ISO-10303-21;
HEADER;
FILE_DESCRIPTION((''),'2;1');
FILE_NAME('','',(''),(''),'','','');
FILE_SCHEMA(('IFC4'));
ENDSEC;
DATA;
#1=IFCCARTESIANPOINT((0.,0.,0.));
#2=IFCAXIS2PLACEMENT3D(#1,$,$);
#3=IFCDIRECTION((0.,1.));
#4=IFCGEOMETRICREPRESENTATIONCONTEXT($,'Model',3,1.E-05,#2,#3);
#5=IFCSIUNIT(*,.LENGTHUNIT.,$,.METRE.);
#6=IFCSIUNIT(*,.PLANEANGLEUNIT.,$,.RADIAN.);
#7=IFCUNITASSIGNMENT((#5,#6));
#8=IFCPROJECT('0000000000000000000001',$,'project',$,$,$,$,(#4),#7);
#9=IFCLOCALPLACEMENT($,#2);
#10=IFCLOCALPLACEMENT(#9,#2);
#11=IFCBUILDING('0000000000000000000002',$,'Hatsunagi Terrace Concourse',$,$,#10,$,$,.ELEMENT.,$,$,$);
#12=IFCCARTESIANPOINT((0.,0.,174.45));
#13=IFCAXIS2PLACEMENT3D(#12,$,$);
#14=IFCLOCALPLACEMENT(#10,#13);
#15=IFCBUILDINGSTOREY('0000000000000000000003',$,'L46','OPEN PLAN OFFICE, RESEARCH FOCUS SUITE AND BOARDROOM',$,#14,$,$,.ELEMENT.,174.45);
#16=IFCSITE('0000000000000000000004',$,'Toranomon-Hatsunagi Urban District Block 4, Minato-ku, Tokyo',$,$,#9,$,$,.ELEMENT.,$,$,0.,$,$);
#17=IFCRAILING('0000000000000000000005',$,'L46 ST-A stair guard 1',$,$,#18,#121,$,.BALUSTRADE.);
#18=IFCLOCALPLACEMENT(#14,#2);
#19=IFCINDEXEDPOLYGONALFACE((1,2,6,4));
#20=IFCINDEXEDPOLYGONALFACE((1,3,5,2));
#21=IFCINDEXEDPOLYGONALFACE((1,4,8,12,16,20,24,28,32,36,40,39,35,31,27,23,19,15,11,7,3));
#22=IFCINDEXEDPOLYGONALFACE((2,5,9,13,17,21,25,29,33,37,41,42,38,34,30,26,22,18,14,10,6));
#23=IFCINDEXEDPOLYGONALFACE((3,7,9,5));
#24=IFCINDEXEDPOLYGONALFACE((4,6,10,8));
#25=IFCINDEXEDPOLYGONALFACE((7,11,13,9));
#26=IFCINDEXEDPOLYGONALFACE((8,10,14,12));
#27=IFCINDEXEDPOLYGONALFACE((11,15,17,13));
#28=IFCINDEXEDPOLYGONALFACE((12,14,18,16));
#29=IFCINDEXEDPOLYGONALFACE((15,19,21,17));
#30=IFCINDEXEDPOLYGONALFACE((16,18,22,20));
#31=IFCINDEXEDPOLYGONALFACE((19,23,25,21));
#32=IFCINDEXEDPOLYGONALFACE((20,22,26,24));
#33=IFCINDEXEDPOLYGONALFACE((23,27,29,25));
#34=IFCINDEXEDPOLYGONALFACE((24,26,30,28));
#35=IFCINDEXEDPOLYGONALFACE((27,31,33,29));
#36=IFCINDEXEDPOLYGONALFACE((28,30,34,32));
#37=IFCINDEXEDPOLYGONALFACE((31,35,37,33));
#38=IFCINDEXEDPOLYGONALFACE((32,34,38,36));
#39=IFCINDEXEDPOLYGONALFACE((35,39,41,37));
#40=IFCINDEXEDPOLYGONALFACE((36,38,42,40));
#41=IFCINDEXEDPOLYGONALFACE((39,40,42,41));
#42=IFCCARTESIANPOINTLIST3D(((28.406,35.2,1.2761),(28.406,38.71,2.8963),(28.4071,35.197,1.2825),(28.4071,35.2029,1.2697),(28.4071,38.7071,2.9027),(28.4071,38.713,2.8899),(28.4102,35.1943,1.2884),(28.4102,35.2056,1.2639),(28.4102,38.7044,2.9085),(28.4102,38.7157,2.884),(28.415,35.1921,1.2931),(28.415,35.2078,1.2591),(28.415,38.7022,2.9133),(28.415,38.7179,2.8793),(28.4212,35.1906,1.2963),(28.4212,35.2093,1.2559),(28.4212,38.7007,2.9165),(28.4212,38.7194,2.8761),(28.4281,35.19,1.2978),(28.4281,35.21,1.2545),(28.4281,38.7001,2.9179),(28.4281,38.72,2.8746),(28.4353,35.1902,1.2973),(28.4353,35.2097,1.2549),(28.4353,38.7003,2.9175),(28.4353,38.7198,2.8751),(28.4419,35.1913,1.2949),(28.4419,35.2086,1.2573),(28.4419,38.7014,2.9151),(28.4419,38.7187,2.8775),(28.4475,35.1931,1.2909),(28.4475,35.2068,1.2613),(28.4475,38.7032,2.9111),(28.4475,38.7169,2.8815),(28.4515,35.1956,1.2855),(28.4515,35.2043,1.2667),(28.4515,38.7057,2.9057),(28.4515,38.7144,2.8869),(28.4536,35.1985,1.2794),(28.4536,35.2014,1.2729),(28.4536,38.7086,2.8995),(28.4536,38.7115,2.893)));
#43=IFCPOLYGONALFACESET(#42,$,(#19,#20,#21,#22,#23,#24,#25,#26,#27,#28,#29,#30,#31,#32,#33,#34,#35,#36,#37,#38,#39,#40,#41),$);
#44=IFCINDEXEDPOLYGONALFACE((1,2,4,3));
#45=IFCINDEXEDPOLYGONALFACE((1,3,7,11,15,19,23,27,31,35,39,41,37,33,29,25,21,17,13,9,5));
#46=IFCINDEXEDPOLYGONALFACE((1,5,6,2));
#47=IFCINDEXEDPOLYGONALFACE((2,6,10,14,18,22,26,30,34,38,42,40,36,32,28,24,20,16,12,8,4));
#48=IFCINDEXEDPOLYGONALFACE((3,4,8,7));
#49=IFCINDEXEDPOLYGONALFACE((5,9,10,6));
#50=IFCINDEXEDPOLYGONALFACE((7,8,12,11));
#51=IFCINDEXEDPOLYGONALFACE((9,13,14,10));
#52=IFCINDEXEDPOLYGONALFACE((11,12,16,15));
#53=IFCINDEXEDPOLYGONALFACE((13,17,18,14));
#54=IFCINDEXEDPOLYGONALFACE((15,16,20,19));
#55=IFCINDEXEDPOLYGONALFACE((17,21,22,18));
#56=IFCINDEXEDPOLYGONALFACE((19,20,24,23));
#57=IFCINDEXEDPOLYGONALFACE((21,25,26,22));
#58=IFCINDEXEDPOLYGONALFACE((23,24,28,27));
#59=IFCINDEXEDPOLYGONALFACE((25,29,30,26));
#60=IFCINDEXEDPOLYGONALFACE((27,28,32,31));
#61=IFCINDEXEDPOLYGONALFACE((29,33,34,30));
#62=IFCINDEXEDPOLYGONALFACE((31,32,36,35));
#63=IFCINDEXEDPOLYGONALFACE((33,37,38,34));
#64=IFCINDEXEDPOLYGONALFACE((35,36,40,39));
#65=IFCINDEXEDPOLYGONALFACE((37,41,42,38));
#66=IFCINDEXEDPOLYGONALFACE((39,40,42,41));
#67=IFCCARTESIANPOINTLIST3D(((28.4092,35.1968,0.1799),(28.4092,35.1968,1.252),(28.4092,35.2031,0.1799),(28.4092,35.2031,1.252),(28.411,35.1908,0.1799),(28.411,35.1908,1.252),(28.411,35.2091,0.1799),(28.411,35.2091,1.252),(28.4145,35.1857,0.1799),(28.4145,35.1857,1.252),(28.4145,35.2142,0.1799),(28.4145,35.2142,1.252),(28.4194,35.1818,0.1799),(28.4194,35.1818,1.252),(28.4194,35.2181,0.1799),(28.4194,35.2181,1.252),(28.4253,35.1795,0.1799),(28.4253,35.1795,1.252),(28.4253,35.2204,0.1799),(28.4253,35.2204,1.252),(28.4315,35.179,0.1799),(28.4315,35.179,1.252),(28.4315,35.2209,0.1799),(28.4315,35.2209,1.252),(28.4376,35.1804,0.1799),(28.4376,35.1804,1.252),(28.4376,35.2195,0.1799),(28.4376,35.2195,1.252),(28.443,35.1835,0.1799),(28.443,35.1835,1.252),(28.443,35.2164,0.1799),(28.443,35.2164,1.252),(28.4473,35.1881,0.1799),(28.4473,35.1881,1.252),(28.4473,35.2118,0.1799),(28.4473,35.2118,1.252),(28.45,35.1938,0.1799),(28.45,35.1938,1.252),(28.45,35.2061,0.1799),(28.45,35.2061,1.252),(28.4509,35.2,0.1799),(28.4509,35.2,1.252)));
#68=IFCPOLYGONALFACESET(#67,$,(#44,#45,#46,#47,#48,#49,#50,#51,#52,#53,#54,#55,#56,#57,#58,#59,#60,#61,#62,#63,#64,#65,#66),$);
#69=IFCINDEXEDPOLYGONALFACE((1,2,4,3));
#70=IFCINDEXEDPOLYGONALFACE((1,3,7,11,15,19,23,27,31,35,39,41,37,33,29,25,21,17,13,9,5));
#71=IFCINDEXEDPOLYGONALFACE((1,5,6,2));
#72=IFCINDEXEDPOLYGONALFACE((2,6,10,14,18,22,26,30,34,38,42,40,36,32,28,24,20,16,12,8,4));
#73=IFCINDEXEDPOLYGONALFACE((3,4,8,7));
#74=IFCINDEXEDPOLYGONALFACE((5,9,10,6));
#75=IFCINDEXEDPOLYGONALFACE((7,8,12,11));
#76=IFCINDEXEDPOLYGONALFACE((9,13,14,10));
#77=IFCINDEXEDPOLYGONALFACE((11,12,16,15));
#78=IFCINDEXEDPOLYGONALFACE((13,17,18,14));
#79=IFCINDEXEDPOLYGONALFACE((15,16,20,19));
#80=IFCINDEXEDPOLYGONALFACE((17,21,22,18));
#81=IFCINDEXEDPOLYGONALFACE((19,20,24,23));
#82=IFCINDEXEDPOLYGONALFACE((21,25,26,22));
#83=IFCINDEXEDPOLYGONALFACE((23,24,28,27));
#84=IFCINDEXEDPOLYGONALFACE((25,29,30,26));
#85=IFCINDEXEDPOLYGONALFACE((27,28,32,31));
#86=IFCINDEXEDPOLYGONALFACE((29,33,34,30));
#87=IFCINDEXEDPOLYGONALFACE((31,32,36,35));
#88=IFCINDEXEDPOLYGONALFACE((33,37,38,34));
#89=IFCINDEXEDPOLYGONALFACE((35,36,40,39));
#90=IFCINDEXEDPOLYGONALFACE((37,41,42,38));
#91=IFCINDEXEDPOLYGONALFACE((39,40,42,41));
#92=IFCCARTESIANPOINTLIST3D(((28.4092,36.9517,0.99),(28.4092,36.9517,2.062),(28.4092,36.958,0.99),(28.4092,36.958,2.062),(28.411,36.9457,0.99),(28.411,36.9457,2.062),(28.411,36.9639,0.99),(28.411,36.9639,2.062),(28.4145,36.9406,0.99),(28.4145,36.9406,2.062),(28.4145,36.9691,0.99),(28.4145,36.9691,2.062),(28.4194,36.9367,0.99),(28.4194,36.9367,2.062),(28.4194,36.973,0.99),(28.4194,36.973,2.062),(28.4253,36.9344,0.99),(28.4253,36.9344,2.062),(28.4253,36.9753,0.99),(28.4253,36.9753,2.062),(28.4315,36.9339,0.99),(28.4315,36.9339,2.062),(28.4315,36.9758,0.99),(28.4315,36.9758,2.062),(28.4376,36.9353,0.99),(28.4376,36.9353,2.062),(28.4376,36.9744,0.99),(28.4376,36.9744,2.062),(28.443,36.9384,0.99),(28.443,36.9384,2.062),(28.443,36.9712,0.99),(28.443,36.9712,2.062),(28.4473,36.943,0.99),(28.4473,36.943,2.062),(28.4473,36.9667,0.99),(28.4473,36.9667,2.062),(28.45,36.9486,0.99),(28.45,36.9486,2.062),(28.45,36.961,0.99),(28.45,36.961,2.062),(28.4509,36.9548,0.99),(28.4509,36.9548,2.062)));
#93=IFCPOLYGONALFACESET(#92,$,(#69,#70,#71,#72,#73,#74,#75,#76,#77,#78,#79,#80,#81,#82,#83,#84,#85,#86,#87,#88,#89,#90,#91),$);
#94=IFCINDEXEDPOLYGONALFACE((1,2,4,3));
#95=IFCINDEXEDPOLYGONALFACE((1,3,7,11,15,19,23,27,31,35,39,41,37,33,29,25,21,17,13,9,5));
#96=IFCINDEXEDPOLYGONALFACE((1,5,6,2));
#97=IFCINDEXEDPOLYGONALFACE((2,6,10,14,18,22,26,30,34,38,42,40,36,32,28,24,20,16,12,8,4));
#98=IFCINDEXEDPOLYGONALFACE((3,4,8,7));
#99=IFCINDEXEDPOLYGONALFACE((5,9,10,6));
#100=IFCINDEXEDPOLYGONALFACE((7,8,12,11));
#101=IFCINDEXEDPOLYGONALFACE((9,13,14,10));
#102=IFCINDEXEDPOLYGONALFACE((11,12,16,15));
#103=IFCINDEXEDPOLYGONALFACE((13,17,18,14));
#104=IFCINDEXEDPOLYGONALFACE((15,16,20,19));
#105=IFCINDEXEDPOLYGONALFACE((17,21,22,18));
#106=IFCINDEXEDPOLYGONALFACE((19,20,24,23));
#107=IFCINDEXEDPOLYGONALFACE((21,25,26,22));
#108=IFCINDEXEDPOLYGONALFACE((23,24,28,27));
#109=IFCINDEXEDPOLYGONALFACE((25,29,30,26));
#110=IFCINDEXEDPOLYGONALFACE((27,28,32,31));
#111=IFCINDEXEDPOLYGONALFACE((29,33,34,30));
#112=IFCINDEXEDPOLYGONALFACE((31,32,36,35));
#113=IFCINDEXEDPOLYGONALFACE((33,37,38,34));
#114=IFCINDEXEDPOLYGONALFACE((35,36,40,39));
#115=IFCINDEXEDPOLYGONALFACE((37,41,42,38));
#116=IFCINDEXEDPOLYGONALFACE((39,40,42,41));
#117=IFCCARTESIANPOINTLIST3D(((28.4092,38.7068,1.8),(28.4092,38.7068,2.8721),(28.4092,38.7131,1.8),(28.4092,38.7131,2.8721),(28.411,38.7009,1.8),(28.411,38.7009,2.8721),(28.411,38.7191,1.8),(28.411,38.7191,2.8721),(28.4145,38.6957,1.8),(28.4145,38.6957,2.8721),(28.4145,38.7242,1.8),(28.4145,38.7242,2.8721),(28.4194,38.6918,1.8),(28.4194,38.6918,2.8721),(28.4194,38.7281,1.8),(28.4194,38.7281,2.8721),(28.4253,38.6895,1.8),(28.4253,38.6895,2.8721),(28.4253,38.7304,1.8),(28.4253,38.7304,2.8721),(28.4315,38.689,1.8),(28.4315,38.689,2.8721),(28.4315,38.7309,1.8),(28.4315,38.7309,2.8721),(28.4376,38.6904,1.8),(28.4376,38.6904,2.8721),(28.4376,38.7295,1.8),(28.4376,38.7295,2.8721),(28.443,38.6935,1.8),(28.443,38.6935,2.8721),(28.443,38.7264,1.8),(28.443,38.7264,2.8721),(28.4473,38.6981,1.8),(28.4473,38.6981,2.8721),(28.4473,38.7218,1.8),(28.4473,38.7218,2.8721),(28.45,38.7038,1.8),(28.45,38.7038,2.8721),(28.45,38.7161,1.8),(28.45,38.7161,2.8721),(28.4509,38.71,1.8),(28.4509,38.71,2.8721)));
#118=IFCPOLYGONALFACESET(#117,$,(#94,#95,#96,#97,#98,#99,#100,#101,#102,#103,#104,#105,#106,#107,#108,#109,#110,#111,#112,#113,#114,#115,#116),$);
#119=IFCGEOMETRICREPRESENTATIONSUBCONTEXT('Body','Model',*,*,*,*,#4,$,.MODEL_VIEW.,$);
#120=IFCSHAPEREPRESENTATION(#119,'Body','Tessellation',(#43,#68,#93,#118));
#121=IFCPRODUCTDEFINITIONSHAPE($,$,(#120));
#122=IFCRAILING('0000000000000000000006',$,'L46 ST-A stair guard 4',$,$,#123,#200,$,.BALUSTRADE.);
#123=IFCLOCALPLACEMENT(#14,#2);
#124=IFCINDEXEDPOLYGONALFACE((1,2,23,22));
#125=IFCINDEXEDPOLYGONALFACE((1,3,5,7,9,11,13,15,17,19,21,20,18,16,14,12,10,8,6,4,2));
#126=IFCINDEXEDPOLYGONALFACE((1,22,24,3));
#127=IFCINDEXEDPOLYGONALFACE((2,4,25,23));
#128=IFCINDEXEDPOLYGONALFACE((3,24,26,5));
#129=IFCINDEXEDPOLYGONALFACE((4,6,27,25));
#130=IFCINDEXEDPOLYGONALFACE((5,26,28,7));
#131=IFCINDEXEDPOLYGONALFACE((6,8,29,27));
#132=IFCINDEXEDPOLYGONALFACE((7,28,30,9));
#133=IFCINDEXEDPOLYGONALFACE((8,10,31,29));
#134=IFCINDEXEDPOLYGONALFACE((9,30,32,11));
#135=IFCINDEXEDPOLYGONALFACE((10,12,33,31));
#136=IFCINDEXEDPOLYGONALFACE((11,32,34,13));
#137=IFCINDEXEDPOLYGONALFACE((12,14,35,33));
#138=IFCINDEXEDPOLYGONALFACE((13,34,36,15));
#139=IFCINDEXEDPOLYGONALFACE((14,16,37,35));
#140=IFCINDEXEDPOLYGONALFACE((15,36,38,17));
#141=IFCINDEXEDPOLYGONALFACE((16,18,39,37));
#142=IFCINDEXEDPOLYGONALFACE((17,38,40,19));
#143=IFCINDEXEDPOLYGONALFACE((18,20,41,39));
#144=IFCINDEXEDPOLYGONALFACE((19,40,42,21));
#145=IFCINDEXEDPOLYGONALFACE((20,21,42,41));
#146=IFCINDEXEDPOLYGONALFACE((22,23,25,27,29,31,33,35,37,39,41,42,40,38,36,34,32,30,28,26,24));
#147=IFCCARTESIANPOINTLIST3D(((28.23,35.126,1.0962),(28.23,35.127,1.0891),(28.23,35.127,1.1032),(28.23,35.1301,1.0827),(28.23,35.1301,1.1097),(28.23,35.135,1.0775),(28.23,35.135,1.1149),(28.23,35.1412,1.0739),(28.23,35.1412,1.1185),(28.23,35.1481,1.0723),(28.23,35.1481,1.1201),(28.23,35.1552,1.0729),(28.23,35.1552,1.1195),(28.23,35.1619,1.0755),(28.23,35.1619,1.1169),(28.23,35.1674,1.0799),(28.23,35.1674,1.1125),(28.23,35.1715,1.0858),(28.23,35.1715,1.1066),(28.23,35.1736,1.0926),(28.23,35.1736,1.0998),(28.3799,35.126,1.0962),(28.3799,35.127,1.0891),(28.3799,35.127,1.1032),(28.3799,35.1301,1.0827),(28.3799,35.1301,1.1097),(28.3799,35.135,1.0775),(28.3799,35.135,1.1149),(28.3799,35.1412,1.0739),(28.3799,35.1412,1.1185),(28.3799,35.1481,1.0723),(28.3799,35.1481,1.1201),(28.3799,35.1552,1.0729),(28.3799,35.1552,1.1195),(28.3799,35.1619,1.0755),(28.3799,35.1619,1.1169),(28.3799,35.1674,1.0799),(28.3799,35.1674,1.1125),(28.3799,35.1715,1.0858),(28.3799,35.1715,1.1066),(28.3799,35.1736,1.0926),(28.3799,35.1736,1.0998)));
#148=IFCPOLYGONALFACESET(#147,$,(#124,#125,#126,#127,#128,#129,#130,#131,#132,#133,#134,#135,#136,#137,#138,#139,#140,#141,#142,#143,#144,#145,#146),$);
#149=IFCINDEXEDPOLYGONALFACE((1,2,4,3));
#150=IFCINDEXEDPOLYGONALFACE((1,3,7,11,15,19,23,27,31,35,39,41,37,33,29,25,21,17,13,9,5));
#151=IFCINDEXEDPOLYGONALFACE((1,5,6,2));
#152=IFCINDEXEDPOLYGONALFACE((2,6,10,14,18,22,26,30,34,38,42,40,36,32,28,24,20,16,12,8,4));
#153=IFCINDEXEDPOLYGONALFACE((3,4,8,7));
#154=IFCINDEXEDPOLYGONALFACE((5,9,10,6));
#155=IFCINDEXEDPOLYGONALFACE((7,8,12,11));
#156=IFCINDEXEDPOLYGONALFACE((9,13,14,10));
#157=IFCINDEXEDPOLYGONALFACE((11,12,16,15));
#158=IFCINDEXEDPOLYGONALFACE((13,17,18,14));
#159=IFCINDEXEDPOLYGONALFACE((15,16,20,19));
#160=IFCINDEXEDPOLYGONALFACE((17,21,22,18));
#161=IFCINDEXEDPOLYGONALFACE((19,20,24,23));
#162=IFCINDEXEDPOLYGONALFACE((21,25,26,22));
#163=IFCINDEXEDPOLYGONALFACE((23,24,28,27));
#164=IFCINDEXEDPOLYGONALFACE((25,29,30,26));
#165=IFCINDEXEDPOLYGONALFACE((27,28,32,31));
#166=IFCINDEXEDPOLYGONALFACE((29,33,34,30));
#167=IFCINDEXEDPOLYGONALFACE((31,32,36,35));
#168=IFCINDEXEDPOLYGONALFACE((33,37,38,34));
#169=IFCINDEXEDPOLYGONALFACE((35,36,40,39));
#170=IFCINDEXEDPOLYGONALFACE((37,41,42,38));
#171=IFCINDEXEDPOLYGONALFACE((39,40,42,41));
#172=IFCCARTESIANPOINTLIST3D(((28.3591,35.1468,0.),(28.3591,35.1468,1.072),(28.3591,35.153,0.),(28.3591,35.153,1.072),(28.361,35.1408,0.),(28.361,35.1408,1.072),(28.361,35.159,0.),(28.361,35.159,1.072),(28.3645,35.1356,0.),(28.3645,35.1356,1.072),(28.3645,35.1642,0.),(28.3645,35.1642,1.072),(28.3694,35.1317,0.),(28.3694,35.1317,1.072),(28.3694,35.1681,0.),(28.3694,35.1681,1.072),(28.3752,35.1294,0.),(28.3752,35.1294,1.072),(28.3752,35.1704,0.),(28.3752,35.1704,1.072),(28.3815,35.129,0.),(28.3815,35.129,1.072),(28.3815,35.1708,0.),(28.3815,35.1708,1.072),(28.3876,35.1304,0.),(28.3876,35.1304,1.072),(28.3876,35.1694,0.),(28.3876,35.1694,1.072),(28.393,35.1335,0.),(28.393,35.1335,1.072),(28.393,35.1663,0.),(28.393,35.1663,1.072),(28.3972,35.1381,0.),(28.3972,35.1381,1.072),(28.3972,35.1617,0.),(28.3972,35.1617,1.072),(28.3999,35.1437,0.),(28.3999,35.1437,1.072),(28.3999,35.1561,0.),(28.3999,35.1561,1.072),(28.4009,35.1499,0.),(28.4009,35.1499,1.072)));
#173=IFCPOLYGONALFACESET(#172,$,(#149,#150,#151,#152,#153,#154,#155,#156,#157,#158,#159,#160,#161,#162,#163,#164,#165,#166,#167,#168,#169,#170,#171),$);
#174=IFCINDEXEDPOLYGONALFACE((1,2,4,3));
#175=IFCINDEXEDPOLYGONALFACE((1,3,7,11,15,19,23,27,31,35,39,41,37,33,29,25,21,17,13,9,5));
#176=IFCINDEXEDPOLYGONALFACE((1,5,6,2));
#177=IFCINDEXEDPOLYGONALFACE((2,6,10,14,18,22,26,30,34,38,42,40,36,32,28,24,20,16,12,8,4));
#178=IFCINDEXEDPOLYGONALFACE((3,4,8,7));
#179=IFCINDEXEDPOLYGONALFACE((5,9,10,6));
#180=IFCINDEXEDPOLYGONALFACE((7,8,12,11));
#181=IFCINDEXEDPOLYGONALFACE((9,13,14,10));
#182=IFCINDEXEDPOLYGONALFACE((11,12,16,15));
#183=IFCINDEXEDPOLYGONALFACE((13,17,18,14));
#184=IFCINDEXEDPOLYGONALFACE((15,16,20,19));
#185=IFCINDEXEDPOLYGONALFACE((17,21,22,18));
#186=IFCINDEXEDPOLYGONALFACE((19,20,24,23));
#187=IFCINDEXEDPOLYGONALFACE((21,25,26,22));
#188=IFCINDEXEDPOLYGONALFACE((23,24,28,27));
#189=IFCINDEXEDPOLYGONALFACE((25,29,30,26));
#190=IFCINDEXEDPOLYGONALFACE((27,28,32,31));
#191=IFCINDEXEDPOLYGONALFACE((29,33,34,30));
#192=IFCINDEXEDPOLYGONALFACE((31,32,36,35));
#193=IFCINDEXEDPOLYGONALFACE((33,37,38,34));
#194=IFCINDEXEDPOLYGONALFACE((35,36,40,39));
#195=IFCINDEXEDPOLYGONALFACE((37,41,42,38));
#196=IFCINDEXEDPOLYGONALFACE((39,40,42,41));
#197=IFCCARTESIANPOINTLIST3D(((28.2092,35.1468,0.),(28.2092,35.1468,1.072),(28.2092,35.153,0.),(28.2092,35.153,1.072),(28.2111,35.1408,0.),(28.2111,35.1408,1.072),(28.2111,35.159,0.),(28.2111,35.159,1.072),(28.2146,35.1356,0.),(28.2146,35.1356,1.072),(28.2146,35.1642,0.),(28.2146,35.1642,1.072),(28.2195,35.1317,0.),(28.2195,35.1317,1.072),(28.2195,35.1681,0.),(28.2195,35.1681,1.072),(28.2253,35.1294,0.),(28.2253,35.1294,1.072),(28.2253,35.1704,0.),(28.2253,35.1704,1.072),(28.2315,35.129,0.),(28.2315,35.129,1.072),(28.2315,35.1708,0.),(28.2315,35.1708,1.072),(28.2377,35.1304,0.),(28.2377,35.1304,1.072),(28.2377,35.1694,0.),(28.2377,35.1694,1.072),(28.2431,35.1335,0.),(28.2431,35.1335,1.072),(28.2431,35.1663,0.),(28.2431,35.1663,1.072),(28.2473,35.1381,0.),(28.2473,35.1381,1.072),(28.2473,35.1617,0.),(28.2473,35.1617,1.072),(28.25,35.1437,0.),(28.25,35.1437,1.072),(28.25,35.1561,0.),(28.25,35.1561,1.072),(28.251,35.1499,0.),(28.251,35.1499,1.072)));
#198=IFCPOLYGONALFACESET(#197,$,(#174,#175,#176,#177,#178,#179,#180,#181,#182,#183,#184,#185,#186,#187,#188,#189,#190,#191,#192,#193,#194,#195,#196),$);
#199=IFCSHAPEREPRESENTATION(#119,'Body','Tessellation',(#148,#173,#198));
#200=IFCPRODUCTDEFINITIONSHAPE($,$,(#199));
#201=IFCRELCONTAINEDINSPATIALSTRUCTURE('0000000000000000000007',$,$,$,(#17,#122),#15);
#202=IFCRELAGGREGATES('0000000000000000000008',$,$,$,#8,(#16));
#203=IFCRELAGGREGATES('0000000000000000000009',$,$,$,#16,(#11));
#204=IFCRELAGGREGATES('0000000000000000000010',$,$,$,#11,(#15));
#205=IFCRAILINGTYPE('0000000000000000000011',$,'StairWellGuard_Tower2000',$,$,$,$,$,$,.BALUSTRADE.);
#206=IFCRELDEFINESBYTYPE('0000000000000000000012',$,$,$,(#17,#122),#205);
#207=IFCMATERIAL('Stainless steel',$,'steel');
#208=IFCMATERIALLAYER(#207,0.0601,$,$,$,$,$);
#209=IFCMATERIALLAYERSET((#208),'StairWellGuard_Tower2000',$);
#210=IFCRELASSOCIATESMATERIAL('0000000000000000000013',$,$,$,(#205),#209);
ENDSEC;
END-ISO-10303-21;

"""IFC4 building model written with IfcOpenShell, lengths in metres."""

from ifc_helpers import new_model, si_unit, direction, frame, origin, origin_2d, place, context, subcontext, project, spatial, circle, extrude, material, layer, layer_set, type_object, element, save


model = new_model("IFC4")

# Units and contexts
model_context = context("Model", 3, precision=1e-05, world=origin(), true_north=direction((0.0, 1.0)))
body_context = subcontext(model_context, "Body", "Model", "MODEL_VIEW")
ifc_project = project(units=[si_unit("LENGTHUNIT", "METRE"), si_unit("PLANEANGLEUNIT", "RADIAN")], contexts=[model_context])

# Site, building, storey
site_placement = place(None, origin())
site = spatial("IfcSite", under=ifc_project, at=site_placement, Name="Toranomon-Hatsunagi Urban District Block 4, Minato-ku, Tokyo", CompositionType="ELEMENT", RefElevation=0.0)
building_placement = place(site_placement, origin())
building = spatial("IfcBuilding", under=site, at=building_placement, Name="Hatsunagi Terrace Concourse", CompositionType="ELEMENT")
storey_placement = place(building_placement, frame((0.0, 0.0, 174.45)))
storey = spatial("IfcBuildingStorey", under=building, at=storey_placement, Name="L46", Description="OPEN PLAN OFFICE, RESEARCH FOCUS SUITE AND BOARDROOM", CompositionType="ELEMENT", Elevation=174.45)

# Railings
ifc_material_1 = material(Name="Stainless steel", Category="steel")
ifc_layer_1 = layer(ifc_material_1, 0.0601)
ifc_layer_set_1 = layer_set([ifc_layer_1], Name="StairWellGuard_Tower2000")
railing_type_1 = type_object("IfcRailingType", Name="StairWellGuard_Tower2000", PredefinedType="BALUSTRADE", material=ifc_layer_set_1)
railing_1_placement = place(storey_placement, frame((28.4299, 35.2, 0.1799)))
element("IfcRailing", 1, at=railing_1_placement, inside=storey, type_object=railing_type_1, Name="L46 ST-A stair guard 1", PredefinedType="BALUSTRADE", context=body_context, shape_type="SweptSolid", body=[
    extrude(circle(Radius=0.0239, at=origin_2d()), frame((0.0, 0.0, 1.0962), z_axis=(0.0, 0.907948, 0.419082), x_axis=(-1.0, 0.0, 0.0)), (0.0, 0.0, 1.0), 3.866),
    extrude(circle(Radius=0.021, at=origin_2d()), origin(), (0.0, 0.0, 1.0), 1.072),
    extrude(circle(Radius=0.021, at=origin_2d()), frame((0.0, 1.7549, 0.8101)), (0.0, 0.0, 1.0), 1.072),
    extrude(circle(Radius=0.021, at=origin_2d()), frame((0.0, 3.51, 1.6201)), (0.0, 0.0, 1.0), 1.072),
])
railing_2_placement = place(storey_placement, frame((28.3799, 35.1499, 0.0)))
element("IfcRailing", 2, at=railing_2_placement, inside=storey, type_object=railing_type_1, Name="L46 ST-A stair guard 4", PredefinedType="BALUSTRADE", context=body_context, shape_type="SweptSolid", body=[
    extrude(circle(Radius=0.0239, at=origin_2d()), frame((0.0, 0.0, 1.0962), z_axis=(-1.0, 0.0, 0.0), x_axis=(0.0, -1.0, 0.0)), (0.0, 0.0, 1.0), 0.1499),
    extrude(circle(Radius=0.021, at=origin_2d()), origin(), (0.0, 0.0, 1.0), 1.072),
    extrude(circle(Radius=0.021, at=origin_2d()), frame((-0.1499, 0.0, 0.0)), (0.0, 0.0, 1.0), 1.072),
])

save(model, "model.ifc")
